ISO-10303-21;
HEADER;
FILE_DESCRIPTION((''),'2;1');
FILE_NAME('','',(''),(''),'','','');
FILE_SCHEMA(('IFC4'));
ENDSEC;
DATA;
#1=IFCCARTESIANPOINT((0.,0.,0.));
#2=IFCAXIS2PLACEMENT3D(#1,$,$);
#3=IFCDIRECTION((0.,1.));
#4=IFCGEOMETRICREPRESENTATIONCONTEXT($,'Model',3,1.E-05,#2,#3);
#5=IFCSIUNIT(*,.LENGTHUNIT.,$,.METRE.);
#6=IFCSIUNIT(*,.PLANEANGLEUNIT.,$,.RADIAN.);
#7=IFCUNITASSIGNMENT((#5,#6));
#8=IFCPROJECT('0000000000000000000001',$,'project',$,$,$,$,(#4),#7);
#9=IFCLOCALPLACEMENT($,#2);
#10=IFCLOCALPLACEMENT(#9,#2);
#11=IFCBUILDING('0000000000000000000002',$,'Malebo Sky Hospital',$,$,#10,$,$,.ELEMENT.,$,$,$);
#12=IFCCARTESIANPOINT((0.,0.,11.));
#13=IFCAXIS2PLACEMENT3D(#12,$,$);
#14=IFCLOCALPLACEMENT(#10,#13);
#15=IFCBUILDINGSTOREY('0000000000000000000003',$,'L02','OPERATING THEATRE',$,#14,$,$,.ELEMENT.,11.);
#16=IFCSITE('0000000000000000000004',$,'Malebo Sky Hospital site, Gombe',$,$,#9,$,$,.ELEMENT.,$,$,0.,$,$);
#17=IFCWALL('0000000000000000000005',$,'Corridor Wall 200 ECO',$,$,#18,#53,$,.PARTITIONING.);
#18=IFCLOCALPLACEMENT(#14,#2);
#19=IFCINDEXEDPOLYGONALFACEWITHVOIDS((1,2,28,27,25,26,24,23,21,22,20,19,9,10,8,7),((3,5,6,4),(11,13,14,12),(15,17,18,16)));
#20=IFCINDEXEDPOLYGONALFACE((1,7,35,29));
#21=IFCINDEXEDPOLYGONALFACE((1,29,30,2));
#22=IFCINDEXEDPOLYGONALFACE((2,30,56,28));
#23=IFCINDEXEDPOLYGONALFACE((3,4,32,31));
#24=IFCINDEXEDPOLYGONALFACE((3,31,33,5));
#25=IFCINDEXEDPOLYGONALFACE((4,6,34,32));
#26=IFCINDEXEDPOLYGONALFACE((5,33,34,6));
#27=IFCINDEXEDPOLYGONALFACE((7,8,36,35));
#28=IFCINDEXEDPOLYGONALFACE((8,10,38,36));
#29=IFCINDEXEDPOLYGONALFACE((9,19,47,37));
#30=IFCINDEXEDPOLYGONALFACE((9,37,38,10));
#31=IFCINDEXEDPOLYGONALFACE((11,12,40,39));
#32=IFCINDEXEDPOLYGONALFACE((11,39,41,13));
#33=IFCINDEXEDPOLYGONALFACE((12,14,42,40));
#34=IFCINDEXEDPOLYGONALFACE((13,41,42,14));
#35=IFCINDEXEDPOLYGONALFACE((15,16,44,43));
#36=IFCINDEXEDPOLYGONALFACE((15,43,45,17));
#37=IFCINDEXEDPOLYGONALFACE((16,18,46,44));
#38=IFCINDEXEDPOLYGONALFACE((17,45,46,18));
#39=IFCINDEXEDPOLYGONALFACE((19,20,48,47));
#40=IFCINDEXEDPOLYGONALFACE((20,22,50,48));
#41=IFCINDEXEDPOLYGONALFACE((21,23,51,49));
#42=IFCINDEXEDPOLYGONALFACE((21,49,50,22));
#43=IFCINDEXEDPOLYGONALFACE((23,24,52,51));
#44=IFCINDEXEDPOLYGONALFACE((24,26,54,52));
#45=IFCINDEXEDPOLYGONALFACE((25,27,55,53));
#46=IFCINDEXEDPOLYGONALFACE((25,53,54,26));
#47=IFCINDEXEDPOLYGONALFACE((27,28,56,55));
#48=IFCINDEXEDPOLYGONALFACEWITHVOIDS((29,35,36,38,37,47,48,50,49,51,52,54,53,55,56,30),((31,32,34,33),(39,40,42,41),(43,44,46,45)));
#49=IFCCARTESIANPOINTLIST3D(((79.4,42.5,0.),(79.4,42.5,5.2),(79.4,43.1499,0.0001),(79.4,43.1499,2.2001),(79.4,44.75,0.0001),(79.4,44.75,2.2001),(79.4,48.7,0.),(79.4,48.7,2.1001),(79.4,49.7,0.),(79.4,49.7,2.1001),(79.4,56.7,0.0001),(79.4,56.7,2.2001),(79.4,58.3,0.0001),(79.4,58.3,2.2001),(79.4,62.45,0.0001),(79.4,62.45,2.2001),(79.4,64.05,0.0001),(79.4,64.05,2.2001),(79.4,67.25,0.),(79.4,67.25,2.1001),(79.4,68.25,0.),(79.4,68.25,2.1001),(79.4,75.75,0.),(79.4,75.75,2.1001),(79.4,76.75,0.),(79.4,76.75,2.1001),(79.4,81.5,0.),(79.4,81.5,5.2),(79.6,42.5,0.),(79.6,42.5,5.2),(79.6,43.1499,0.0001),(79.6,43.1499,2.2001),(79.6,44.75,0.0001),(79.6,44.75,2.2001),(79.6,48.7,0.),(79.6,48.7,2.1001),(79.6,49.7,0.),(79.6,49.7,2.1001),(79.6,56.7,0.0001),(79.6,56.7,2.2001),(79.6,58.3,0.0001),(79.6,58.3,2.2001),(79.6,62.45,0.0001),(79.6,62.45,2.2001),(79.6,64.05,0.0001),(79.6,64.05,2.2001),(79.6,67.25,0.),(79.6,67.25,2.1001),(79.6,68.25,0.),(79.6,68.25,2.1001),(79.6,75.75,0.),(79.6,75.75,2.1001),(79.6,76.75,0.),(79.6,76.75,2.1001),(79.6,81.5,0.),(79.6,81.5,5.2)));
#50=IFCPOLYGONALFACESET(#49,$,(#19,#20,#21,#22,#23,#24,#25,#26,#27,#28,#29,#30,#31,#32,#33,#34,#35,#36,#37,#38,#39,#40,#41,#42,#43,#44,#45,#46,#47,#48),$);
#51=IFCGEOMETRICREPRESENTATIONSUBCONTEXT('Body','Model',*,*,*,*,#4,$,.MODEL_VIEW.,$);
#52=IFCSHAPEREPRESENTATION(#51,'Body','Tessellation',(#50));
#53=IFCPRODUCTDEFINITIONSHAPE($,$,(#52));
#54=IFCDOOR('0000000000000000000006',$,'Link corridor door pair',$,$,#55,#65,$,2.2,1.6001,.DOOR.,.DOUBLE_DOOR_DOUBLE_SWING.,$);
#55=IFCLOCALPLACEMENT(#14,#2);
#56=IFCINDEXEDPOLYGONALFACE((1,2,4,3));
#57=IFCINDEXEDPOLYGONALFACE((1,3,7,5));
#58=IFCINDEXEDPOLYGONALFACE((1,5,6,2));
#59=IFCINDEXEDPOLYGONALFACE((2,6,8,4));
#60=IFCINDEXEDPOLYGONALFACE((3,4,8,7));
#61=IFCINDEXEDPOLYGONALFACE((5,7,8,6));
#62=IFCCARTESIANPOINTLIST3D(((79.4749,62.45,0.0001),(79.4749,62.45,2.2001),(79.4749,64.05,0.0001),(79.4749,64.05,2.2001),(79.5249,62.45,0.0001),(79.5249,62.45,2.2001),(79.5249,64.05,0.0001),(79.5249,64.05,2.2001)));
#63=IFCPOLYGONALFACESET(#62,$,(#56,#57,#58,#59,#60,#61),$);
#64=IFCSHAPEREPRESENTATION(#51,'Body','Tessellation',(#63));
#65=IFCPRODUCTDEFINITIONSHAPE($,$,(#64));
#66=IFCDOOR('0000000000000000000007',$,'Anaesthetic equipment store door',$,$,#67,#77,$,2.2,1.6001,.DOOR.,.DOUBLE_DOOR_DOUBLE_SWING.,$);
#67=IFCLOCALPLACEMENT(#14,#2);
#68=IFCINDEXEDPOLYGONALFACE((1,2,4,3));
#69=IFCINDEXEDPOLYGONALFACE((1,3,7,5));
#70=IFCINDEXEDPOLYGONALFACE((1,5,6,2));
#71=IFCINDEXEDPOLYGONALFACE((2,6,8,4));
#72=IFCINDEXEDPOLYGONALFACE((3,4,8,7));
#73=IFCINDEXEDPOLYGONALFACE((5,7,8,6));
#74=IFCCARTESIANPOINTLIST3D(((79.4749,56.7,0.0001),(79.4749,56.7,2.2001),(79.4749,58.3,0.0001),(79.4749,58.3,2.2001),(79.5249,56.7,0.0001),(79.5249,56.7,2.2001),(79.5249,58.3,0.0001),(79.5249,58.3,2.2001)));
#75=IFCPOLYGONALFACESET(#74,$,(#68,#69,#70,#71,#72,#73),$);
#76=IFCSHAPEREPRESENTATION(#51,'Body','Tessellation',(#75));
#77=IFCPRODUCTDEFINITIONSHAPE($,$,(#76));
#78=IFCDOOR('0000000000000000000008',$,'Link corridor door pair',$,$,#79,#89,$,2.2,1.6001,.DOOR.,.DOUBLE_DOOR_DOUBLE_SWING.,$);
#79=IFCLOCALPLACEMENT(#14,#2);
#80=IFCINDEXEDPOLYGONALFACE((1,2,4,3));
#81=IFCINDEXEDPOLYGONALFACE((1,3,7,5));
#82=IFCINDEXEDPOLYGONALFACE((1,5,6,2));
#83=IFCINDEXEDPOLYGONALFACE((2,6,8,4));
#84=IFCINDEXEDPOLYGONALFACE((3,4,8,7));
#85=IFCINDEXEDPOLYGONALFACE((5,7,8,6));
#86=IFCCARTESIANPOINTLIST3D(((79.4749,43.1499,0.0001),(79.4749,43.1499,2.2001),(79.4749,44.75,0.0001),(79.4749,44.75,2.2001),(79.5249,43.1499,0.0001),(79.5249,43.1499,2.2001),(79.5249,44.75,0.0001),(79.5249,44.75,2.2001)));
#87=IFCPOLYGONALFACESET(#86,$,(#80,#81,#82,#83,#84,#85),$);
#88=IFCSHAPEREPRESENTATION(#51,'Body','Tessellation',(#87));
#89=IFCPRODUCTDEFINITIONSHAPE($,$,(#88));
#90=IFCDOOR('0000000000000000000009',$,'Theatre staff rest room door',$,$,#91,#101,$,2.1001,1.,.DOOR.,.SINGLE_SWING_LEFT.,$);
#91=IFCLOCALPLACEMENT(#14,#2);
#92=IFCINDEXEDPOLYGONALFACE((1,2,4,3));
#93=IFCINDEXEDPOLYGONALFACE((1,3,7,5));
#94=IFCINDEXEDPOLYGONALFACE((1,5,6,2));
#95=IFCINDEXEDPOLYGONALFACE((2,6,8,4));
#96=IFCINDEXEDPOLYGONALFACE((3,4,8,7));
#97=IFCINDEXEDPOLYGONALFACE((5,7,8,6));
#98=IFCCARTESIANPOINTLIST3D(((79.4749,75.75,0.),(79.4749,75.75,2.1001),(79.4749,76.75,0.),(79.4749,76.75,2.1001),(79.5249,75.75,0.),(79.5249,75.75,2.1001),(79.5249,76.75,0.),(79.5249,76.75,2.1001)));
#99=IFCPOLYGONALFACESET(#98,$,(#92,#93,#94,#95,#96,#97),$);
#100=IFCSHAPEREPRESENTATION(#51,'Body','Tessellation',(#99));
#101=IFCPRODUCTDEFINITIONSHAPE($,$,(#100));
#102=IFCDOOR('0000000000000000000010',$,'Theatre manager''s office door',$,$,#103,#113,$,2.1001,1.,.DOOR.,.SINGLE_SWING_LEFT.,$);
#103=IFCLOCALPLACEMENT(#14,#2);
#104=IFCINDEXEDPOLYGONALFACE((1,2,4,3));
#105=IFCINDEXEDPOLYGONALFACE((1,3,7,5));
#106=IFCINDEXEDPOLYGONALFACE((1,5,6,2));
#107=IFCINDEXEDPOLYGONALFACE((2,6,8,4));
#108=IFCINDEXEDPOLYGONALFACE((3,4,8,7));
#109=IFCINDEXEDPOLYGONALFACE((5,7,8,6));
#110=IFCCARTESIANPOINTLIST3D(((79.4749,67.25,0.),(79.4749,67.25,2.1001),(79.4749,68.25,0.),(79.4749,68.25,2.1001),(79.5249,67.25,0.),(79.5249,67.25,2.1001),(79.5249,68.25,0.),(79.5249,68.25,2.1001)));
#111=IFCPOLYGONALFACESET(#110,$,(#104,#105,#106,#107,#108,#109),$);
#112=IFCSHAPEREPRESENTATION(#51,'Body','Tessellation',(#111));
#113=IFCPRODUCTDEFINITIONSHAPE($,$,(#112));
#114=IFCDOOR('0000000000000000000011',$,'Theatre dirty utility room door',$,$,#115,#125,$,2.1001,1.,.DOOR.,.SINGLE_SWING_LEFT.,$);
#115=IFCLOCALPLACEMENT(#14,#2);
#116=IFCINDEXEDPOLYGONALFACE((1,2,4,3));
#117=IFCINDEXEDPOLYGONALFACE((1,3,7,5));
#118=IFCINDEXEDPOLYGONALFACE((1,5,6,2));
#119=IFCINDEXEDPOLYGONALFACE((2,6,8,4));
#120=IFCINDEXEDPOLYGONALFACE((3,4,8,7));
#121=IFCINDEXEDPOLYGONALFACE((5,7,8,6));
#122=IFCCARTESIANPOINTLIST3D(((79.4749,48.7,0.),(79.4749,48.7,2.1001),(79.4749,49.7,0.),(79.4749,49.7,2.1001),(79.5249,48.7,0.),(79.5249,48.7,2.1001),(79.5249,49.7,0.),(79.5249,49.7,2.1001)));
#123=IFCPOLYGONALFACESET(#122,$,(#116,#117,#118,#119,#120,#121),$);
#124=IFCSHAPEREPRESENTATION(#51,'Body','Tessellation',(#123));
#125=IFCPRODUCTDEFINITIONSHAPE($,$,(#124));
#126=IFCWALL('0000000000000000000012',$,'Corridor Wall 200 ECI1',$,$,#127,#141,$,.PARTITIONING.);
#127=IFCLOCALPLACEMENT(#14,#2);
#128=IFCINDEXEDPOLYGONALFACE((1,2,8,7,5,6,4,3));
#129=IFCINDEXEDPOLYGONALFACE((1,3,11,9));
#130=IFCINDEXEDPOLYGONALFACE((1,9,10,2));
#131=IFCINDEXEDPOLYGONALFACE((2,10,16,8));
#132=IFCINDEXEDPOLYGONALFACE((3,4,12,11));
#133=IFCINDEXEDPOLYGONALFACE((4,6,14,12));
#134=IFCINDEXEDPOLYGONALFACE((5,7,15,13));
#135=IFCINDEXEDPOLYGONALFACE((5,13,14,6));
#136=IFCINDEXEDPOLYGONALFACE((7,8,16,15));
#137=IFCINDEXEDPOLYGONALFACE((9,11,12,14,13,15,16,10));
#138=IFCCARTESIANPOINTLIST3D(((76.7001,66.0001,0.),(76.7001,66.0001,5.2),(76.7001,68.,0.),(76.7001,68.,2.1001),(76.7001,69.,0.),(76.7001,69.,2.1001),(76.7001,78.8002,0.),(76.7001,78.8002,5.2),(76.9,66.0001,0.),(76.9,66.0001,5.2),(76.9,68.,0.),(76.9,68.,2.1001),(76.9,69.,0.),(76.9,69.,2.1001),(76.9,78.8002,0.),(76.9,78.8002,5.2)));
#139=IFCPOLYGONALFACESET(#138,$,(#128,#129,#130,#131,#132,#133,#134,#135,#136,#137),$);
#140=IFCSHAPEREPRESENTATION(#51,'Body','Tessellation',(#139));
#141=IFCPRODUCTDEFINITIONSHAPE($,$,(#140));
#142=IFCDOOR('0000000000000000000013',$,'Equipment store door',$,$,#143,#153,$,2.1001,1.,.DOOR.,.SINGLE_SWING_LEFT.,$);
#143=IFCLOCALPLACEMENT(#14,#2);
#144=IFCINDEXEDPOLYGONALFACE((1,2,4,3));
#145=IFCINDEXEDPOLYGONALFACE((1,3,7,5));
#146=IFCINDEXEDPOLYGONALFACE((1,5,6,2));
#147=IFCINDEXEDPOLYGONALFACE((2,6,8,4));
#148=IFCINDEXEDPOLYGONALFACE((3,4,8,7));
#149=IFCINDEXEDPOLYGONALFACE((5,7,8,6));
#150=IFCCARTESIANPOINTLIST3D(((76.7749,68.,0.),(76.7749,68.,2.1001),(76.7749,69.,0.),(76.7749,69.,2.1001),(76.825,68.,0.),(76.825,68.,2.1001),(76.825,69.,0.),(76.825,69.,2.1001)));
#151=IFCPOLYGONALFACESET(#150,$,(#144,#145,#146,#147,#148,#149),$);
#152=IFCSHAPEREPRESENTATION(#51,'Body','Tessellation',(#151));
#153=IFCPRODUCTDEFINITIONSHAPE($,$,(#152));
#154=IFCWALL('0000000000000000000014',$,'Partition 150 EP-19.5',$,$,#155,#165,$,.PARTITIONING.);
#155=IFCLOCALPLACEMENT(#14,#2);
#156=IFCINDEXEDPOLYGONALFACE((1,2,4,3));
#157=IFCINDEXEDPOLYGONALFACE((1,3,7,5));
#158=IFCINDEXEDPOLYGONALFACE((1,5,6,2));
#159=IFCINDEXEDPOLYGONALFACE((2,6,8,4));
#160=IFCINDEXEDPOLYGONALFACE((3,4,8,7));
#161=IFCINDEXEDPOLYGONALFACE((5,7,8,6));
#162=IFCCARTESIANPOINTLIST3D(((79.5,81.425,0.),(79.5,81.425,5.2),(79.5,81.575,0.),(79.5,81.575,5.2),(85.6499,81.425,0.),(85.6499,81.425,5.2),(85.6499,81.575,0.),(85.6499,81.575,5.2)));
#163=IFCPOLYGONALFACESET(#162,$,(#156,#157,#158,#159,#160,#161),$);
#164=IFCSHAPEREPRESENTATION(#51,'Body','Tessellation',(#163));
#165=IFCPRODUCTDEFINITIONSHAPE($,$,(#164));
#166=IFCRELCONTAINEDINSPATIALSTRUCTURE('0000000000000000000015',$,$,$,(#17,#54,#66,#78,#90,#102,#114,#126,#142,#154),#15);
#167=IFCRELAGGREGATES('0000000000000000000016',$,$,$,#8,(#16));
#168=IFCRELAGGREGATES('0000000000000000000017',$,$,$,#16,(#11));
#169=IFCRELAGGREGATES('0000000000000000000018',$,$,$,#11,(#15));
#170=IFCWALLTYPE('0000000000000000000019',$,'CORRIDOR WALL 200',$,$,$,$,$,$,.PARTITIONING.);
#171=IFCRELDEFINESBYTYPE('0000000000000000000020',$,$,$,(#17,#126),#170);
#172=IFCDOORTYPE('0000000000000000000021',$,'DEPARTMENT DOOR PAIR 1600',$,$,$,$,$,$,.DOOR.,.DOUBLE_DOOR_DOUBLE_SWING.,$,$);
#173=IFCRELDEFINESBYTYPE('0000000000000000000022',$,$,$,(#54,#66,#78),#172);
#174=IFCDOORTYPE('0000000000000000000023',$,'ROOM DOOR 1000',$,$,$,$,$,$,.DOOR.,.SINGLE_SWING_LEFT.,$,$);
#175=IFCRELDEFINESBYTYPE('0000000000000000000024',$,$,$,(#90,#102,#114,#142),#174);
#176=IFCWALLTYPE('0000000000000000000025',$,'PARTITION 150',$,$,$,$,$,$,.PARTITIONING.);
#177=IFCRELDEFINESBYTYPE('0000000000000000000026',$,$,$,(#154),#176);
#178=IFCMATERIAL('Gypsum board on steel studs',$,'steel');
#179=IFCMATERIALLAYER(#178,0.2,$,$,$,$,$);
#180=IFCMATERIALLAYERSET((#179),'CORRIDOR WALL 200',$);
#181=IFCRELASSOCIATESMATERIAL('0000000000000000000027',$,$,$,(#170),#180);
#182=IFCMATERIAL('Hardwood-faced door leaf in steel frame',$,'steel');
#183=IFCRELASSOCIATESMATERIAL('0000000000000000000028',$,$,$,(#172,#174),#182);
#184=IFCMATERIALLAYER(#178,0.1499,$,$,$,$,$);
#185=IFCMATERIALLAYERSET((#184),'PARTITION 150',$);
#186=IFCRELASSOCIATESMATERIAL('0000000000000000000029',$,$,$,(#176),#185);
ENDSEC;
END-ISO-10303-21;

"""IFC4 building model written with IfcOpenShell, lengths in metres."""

from ifc_helpers import new_model, si_unit, direction, frame, frame_2d, origin, place, context, subcontext, project, spatial, rectangle, extrude, material, layer, layer_set, type_object, element, fill, save


model = new_model("IFC4")

# Units and contexts
model_context = context("Model", 3, precision=1e-05, world=origin(), true_north=direction((0.0, 1.0)))
body_context = subcontext(model_context, "Body", "Model", "MODEL_VIEW")
ifc_project = project(units=[si_unit("LENGTHUNIT", "METRE"), si_unit("PLANEANGLEUNIT", "RADIAN")], contexts=[model_context])

# Site, building, storey
site_placement = place(None, origin())
site = spatial("IfcSite", under=ifc_project, at=site_placement, Name="Malebo Sky Hospital site, Gombe", CompositionType="ELEMENT", RefElevation=0.0)
building_placement = place(site_placement, origin())
building = spatial("IfcBuilding", under=site, at=building_placement, Name="Malebo Sky Hospital", CompositionType="ELEMENT")
storey_placement = place(building_placement, frame((0.0, 0.0, 11.0)))
storey = spatial("IfcBuildingStorey", under=building, at=storey_placement, Name="L02", Description="OPERATING THEATRE", CompositionType="ELEMENT", Elevation=11.0)

# Wall, openings, doors
ifc_material_1 = material(Name="Gypsum board on steel studs", Category="steel")
ifc_layer_1 = layer(ifc_material_1, 0.2)
ifc_layer_set_1 = layer_set([ifc_layer_1], Name="CORRIDOR WALL 200")
wall_type_1 = type_object("IfcWallType", Name="CORRIDOR WALL 200", PredefinedType="PARTITIONING", material=ifc_layer_set_1)
wall_1_placement = place(storey_placement, frame((79.5, 81.5, 0.0), z_axis=(0.0, 0.0, 1.0), x_axis=(0.0, -1.0, 0.0)))
wall_1 = element("IfcWall", 1, at=wall_1_placement, inside=storey, type_object=wall_type_1, Name="Corridor Wall 200 ECO", PredefinedType="PARTITIONING", context=body_context, shape_type="SweptSolid", body=[
    extrude(rectangle(XDim=39.0, YDim=0.2, at=frame_2d((19.5, 0.0))), origin(), (0.0, 0.0, 1.0), 5.2),
])
opening_1_placement = place(wall_1_placement, frame((4.75, 0.0, 0.0)))
opening_1 = element("IfcOpeningElement", 2, at=opening_1_placement, cuts=wall_1, PredefinedType="OPENING", context=body_context, shape_type="SweptSolid", body=[
    extrude(rectangle(XDim=1.0, YDim=2.1001, at=frame_2d((0.5, 1.05))), frame((0.0, 0.1099, 0.0), z_axis=(0.0, -1.0, 0.0), x_axis=(1.0, 0.0, 0.0)), (0.0, 0.0, 1.0), 0.22),
])
opening_2_placement = place(wall_1_placement, frame((13.25, 0.0, 0.0)))
opening_2 = element("IfcOpeningElement", 3, at=opening_2_placement, cuts=wall_1, PredefinedType="OPENING", context=body_context, shape_type="SweptSolid", body=[
    extrude(rectangle(XDim=1.0, YDim=2.1001, at=frame_2d((0.5, 1.05))), frame((0.0, 0.1099, 0.0), z_axis=(0.0, -1.0, 0.0), x_axis=(1.0, 0.0, 0.0)), (0.0, 0.0, 1.0), 0.22),
])
opening_3_placement = place(wall_1_placement, frame((17.45, 0.0, 0.0)))
opening_3 = element("IfcOpeningElement", 4, at=opening_3_placement, cuts=wall_1, PredefinedType="OPENING", context=body_context, shape_type="SweptSolid", body=[
    extrude(rectangle(XDim=1.6001, YDim=2.2, at=frame_2d((0.8, 1.1001))), frame((0.0, 0.1099, 0.0), z_axis=(0.0, -1.0, 0.0), x_axis=(1.0, 0.0, 0.0)), (0.0, 0.0, 1.0), 0.22),
])
opening_4_placement = place(wall_1_placement, frame((23.2, 0.0, 0.0)))
opening_4 = element("IfcOpeningElement", 5, at=opening_4_placement, cuts=wall_1, PredefinedType="OPENING", context=body_context, shape_type="SweptSolid", body=[
    extrude(rectangle(XDim=1.6001, YDim=2.2, at=frame_2d((0.8, 1.1001))), frame((0.0, 0.1099, 0.0), z_axis=(0.0, -1.0, 0.0), x_axis=(1.0, 0.0, 0.0)), (0.0, 0.0, 1.0), 0.22),
])
opening_5_placement = place(wall_1_placement, frame((31.8, 0.0, 0.0)))
opening_5 = element("IfcOpeningElement", 6, at=opening_5_placement, cuts=wall_1, PredefinedType="OPENING", context=body_context, shape_type="SweptSolid", body=[
    extrude(rectangle(XDim=1.0, YDim=2.1001, at=frame_2d((0.5, 1.05))), frame((0.0, 0.1099, 0.0), z_axis=(0.0, -1.0, 0.0), x_axis=(1.0, 0.0, 0.0)), (0.0, 0.0, 1.0), 0.22),
])
opening_6_placement = place(wall_1_placement, frame((36.75, 0.0, 0.0)))
opening_6 = element("IfcOpeningElement", 7, at=opening_6_placement, cuts=wall_1, PredefinedType="OPENING", context=body_context, shape_type="SweptSolid", body=[
    extrude(rectangle(XDim=1.6001, YDim=2.2, at=frame_2d((0.8, 1.1001))), frame((0.0, 0.1099, 0.0), z_axis=(0.0, -1.0, 0.0), x_axis=(1.0, 0.0, 0.0)), (0.0, 0.0, 1.0), 0.22),
])
ifc_material_2 = material(Name="Hardwood-faced door leaf in steel frame", Category="steel")
door_type_1 = type_object("IfcDoorType", Name="DEPARTMENT DOOR PAIR 1600", OperationType="DOUBLE_DOOR_DOUBLE_SWING", PredefinedType="DOOR", material=ifc_material_2)
door_1_placement = place(opening_3_placement, origin())
door_1 = element("IfcDoor", 8, at=door_1_placement, inside=storey, type_object=door_type_1, Name="Link corridor door pair", OperationType="DOUBLE_DOOR_DOUBLE_SWING", OverallHeight=2.2, OverallWidth=1.6001, PredefinedType="DOOR", context=body_context, shape_type="SweptSolid", body=[
    extrude(rectangle(XDim=1.6001, YDim=2.2, at=frame_2d((0.8, 1.1001))), frame((0.0, 0.0249, 0.0), z_axis=(0.0, -1.0, 0.0), x_axis=(1.0, 0.0, 0.0)), (0.0, 0.0, 1.0), 0.05),
])
fill(opening_3, door_1)
door_2_placement = place(opening_4_placement, origin())
door_2 = element("IfcDoor", 9, at=door_2_placement, inside=storey, type_object=door_type_1, Name="Anaesthetic equipment store door", OperationType="DOUBLE_DOOR_DOUBLE_SWING", OverallHeight=2.2, OverallWidth=1.6001, PredefinedType="DOOR", context=body_context, shape_type="SweptSolid", body=[
    extrude(rectangle(XDim=1.6001, YDim=2.2, at=frame_2d((0.8, 1.1001))), frame((0.0, 0.0249, 0.0), z_axis=(0.0, -1.0, 0.0), x_axis=(1.0, 0.0, 0.0)), (0.0, 0.0, 1.0), 0.05),
])
fill(opening_4, door_2)
door_3_placement = place(opening_6_placement, origin())
door_3 = element("IfcDoor", 10, at=door_3_placement, inside=storey, type_object=door_type_1, Name="Link corridor door pair", OperationType="DOUBLE_DOOR_DOUBLE_SWING", OverallHeight=2.2, OverallWidth=1.6001, PredefinedType="DOOR", context=body_context, shape_type="SweptSolid", body=[
    extrude(rectangle(XDim=1.6001, YDim=2.2, at=frame_2d((0.8, 1.1001))), frame((0.0, 0.0249, 0.0), z_axis=(0.0, -1.0, 0.0), x_axis=(1.0, 0.0, 0.0)), (0.0, 0.0, 1.0), 0.05),
])
fill(opening_6, door_3)
door_type_2 = type_object("IfcDoorType", Name="ROOM DOOR 1000", OperationType="SINGLE_SWING_LEFT", PredefinedType="DOOR", material=ifc_material_2)
door_4_placement = place(opening_1_placement, origin())
door_4 = element("IfcDoor", 11, at=door_4_placement, inside=storey, type_object=door_type_2, Name="Theatre staff rest room door", OperationType="SINGLE_SWING_LEFT", OverallHeight=2.1001, OverallWidth=1.0, PredefinedType="DOOR", context=body_context, shape_type="SweptSolid", body=[
    extrude(rectangle(XDim=1.0, YDim=2.1001, at=frame_2d((0.5, 1.05))), frame((0.0, 0.0249, 0.0), z_axis=(0.0, -1.0, 0.0), x_axis=(1.0, 0.0, 0.0)), (0.0, 0.0, 1.0), 0.05),
])
fill(opening_1, door_4)
door_5_placement = place(opening_2_placement, origin())
door_5 = element("IfcDoor", 12, at=door_5_placement, inside=storey, type_object=door_type_2, Name="Theatre manager's office door", OperationType="SINGLE_SWING_LEFT", OverallHeight=2.1001, OverallWidth=1.0, PredefinedType="DOOR", context=body_context, shape_type="SweptSolid", body=[
    extrude(rectangle(XDim=1.0, YDim=2.1001, at=frame_2d((0.5, 1.05))), frame((0.0, 0.0249, 0.0), z_axis=(0.0, -1.0, 0.0), x_axis=(1.0, 0.0, 0.0)), (0.0, 0.0, 1.0), 0.05),
])
fill(opening_2, door_5)
door_6_placement = place(opening_5_placement, origin())
door_6 = element("IfcDoor", 13, at=door_6_placement, inside=storey, type_object=door_type_2, Name="Theatre dirty utility room door", OperationType="SINGLE_SWING_LEFT", OverallHeight=2.1001, OverallWidth=1.0, PredefinedType="DOOR", context=body_context, shape_type="SweptSolid", body=[
    extrude(rectangle(XDim=1.0, YDim=2.1001, at=frame_2d((0.5, 1.05))), frame((0.0, 0.0249, 0.0), z_axis=(0.0, -1.0, 0.0), x_axis=(1.0, 0.0, 0.0)), (0.0, 0.0, 1.0), 0.05),
])
fill(opening_5, door_6)

# Wall, opening, door
wall_2_placement = place(storey_placement, frame((76.8, 78.8, 0.0), z_axis=(0.0, 0.0, 1.0), x_axis=(0.0, -1.0, 0.0)))
wall_2 = element("IfcWall", 14, at=wall_2_placement, inside=storey, type_object=wall_type_1, Name="Corridor Wall 200 ECI1", PredefinedType="PARTITIONING", context=body_context, shape_type="SweptSolid", body=[
    extrude(rectangle(XDim=12.8, YDim=0.2, at=frame_2d((6.3999, 0.0))), origin(), (0.0, 0.0, 1.0), 5.2),
])
opening_7_placement = place(wall_2_placement, frame((9.8, 0.0, 0.0)))
opening_7 = element("IfcOpeningElement", 15, at=opening_7_placement, cuts=wall_2, PredefinedType="OPENING", context=body_context, shape_type="SweptSolid", body=[
    extrude(rectangle(XDim=1.0, YDim=2.1001, at=frame_2d((0.5, 1.05))), frame((0.0, 0.1099, 0.0), z_axis=(0.0, -1.0, 0.0), x_axis=(1.0, 0.0, 0.0)), (0.0, 0.0, 1.0), 0.22),
])
door_7_placement = place(opening_7_placement, origin())
door_7 = element("IfcDoor", 16, at=door_7_placement, inside=storey, type_object=door_type_2, Name="Equipment store door", OperationType="SINGLE_SWING_LEFT", OverallHeight=2.1001, OverallWidth=1.0, PredefinedType="DOOR", context=body_context, shape_type="SweptSolid", body=[
    extrude(rectangle(XDim=1.0, YDim=2.1001, at=frame_2d((0.5, 1.05))), frame((0.0, 0.0249, 0.0), z_axis=(0.0, -1.0, 0.0), x_axis=(1.0, 0.0, 0.0)), (0.0, 0.0, 1.0), 0.05),
])
fill(opening_7, door_7)

# Wall
ifc_layer_2 = layer(ifc_material_1, 0.1499)
ifc_layer_set_2 = layer_set([ifc_layer_2], Name="PARTITION 150")
wall_type_2 = type_object("IfcWallType", Name="PARTITION 150", PredefinedType="PARTITIONING", material=ifc_layer_set_2)
for number, where, z_axis, x_axis, name in (
    (17, (79.5, 81.5, 0.0), (0.0, 0.0, 1.0), (1.0, 0.0, 0.0), "Partition 150 EP-19.5"),
):
    element("IfcWall", number, at=place(storey_placement, frame(where, z_axis=z_axis, x_axis=x_axis)), inside=storey, type_object=wall_type_2, Name=name, PredefinedType="PARTITIONING", context=body_context, shape_type="SweptSolid", body=[
        extrude(rectangle(XDim=6.1499, YDim=0.1499, at=frame_2d((3.075, 0.0))), origin(), (0.0, 0.0, 1.0), 5.2),
    ])

save(model, "model.ifc")
